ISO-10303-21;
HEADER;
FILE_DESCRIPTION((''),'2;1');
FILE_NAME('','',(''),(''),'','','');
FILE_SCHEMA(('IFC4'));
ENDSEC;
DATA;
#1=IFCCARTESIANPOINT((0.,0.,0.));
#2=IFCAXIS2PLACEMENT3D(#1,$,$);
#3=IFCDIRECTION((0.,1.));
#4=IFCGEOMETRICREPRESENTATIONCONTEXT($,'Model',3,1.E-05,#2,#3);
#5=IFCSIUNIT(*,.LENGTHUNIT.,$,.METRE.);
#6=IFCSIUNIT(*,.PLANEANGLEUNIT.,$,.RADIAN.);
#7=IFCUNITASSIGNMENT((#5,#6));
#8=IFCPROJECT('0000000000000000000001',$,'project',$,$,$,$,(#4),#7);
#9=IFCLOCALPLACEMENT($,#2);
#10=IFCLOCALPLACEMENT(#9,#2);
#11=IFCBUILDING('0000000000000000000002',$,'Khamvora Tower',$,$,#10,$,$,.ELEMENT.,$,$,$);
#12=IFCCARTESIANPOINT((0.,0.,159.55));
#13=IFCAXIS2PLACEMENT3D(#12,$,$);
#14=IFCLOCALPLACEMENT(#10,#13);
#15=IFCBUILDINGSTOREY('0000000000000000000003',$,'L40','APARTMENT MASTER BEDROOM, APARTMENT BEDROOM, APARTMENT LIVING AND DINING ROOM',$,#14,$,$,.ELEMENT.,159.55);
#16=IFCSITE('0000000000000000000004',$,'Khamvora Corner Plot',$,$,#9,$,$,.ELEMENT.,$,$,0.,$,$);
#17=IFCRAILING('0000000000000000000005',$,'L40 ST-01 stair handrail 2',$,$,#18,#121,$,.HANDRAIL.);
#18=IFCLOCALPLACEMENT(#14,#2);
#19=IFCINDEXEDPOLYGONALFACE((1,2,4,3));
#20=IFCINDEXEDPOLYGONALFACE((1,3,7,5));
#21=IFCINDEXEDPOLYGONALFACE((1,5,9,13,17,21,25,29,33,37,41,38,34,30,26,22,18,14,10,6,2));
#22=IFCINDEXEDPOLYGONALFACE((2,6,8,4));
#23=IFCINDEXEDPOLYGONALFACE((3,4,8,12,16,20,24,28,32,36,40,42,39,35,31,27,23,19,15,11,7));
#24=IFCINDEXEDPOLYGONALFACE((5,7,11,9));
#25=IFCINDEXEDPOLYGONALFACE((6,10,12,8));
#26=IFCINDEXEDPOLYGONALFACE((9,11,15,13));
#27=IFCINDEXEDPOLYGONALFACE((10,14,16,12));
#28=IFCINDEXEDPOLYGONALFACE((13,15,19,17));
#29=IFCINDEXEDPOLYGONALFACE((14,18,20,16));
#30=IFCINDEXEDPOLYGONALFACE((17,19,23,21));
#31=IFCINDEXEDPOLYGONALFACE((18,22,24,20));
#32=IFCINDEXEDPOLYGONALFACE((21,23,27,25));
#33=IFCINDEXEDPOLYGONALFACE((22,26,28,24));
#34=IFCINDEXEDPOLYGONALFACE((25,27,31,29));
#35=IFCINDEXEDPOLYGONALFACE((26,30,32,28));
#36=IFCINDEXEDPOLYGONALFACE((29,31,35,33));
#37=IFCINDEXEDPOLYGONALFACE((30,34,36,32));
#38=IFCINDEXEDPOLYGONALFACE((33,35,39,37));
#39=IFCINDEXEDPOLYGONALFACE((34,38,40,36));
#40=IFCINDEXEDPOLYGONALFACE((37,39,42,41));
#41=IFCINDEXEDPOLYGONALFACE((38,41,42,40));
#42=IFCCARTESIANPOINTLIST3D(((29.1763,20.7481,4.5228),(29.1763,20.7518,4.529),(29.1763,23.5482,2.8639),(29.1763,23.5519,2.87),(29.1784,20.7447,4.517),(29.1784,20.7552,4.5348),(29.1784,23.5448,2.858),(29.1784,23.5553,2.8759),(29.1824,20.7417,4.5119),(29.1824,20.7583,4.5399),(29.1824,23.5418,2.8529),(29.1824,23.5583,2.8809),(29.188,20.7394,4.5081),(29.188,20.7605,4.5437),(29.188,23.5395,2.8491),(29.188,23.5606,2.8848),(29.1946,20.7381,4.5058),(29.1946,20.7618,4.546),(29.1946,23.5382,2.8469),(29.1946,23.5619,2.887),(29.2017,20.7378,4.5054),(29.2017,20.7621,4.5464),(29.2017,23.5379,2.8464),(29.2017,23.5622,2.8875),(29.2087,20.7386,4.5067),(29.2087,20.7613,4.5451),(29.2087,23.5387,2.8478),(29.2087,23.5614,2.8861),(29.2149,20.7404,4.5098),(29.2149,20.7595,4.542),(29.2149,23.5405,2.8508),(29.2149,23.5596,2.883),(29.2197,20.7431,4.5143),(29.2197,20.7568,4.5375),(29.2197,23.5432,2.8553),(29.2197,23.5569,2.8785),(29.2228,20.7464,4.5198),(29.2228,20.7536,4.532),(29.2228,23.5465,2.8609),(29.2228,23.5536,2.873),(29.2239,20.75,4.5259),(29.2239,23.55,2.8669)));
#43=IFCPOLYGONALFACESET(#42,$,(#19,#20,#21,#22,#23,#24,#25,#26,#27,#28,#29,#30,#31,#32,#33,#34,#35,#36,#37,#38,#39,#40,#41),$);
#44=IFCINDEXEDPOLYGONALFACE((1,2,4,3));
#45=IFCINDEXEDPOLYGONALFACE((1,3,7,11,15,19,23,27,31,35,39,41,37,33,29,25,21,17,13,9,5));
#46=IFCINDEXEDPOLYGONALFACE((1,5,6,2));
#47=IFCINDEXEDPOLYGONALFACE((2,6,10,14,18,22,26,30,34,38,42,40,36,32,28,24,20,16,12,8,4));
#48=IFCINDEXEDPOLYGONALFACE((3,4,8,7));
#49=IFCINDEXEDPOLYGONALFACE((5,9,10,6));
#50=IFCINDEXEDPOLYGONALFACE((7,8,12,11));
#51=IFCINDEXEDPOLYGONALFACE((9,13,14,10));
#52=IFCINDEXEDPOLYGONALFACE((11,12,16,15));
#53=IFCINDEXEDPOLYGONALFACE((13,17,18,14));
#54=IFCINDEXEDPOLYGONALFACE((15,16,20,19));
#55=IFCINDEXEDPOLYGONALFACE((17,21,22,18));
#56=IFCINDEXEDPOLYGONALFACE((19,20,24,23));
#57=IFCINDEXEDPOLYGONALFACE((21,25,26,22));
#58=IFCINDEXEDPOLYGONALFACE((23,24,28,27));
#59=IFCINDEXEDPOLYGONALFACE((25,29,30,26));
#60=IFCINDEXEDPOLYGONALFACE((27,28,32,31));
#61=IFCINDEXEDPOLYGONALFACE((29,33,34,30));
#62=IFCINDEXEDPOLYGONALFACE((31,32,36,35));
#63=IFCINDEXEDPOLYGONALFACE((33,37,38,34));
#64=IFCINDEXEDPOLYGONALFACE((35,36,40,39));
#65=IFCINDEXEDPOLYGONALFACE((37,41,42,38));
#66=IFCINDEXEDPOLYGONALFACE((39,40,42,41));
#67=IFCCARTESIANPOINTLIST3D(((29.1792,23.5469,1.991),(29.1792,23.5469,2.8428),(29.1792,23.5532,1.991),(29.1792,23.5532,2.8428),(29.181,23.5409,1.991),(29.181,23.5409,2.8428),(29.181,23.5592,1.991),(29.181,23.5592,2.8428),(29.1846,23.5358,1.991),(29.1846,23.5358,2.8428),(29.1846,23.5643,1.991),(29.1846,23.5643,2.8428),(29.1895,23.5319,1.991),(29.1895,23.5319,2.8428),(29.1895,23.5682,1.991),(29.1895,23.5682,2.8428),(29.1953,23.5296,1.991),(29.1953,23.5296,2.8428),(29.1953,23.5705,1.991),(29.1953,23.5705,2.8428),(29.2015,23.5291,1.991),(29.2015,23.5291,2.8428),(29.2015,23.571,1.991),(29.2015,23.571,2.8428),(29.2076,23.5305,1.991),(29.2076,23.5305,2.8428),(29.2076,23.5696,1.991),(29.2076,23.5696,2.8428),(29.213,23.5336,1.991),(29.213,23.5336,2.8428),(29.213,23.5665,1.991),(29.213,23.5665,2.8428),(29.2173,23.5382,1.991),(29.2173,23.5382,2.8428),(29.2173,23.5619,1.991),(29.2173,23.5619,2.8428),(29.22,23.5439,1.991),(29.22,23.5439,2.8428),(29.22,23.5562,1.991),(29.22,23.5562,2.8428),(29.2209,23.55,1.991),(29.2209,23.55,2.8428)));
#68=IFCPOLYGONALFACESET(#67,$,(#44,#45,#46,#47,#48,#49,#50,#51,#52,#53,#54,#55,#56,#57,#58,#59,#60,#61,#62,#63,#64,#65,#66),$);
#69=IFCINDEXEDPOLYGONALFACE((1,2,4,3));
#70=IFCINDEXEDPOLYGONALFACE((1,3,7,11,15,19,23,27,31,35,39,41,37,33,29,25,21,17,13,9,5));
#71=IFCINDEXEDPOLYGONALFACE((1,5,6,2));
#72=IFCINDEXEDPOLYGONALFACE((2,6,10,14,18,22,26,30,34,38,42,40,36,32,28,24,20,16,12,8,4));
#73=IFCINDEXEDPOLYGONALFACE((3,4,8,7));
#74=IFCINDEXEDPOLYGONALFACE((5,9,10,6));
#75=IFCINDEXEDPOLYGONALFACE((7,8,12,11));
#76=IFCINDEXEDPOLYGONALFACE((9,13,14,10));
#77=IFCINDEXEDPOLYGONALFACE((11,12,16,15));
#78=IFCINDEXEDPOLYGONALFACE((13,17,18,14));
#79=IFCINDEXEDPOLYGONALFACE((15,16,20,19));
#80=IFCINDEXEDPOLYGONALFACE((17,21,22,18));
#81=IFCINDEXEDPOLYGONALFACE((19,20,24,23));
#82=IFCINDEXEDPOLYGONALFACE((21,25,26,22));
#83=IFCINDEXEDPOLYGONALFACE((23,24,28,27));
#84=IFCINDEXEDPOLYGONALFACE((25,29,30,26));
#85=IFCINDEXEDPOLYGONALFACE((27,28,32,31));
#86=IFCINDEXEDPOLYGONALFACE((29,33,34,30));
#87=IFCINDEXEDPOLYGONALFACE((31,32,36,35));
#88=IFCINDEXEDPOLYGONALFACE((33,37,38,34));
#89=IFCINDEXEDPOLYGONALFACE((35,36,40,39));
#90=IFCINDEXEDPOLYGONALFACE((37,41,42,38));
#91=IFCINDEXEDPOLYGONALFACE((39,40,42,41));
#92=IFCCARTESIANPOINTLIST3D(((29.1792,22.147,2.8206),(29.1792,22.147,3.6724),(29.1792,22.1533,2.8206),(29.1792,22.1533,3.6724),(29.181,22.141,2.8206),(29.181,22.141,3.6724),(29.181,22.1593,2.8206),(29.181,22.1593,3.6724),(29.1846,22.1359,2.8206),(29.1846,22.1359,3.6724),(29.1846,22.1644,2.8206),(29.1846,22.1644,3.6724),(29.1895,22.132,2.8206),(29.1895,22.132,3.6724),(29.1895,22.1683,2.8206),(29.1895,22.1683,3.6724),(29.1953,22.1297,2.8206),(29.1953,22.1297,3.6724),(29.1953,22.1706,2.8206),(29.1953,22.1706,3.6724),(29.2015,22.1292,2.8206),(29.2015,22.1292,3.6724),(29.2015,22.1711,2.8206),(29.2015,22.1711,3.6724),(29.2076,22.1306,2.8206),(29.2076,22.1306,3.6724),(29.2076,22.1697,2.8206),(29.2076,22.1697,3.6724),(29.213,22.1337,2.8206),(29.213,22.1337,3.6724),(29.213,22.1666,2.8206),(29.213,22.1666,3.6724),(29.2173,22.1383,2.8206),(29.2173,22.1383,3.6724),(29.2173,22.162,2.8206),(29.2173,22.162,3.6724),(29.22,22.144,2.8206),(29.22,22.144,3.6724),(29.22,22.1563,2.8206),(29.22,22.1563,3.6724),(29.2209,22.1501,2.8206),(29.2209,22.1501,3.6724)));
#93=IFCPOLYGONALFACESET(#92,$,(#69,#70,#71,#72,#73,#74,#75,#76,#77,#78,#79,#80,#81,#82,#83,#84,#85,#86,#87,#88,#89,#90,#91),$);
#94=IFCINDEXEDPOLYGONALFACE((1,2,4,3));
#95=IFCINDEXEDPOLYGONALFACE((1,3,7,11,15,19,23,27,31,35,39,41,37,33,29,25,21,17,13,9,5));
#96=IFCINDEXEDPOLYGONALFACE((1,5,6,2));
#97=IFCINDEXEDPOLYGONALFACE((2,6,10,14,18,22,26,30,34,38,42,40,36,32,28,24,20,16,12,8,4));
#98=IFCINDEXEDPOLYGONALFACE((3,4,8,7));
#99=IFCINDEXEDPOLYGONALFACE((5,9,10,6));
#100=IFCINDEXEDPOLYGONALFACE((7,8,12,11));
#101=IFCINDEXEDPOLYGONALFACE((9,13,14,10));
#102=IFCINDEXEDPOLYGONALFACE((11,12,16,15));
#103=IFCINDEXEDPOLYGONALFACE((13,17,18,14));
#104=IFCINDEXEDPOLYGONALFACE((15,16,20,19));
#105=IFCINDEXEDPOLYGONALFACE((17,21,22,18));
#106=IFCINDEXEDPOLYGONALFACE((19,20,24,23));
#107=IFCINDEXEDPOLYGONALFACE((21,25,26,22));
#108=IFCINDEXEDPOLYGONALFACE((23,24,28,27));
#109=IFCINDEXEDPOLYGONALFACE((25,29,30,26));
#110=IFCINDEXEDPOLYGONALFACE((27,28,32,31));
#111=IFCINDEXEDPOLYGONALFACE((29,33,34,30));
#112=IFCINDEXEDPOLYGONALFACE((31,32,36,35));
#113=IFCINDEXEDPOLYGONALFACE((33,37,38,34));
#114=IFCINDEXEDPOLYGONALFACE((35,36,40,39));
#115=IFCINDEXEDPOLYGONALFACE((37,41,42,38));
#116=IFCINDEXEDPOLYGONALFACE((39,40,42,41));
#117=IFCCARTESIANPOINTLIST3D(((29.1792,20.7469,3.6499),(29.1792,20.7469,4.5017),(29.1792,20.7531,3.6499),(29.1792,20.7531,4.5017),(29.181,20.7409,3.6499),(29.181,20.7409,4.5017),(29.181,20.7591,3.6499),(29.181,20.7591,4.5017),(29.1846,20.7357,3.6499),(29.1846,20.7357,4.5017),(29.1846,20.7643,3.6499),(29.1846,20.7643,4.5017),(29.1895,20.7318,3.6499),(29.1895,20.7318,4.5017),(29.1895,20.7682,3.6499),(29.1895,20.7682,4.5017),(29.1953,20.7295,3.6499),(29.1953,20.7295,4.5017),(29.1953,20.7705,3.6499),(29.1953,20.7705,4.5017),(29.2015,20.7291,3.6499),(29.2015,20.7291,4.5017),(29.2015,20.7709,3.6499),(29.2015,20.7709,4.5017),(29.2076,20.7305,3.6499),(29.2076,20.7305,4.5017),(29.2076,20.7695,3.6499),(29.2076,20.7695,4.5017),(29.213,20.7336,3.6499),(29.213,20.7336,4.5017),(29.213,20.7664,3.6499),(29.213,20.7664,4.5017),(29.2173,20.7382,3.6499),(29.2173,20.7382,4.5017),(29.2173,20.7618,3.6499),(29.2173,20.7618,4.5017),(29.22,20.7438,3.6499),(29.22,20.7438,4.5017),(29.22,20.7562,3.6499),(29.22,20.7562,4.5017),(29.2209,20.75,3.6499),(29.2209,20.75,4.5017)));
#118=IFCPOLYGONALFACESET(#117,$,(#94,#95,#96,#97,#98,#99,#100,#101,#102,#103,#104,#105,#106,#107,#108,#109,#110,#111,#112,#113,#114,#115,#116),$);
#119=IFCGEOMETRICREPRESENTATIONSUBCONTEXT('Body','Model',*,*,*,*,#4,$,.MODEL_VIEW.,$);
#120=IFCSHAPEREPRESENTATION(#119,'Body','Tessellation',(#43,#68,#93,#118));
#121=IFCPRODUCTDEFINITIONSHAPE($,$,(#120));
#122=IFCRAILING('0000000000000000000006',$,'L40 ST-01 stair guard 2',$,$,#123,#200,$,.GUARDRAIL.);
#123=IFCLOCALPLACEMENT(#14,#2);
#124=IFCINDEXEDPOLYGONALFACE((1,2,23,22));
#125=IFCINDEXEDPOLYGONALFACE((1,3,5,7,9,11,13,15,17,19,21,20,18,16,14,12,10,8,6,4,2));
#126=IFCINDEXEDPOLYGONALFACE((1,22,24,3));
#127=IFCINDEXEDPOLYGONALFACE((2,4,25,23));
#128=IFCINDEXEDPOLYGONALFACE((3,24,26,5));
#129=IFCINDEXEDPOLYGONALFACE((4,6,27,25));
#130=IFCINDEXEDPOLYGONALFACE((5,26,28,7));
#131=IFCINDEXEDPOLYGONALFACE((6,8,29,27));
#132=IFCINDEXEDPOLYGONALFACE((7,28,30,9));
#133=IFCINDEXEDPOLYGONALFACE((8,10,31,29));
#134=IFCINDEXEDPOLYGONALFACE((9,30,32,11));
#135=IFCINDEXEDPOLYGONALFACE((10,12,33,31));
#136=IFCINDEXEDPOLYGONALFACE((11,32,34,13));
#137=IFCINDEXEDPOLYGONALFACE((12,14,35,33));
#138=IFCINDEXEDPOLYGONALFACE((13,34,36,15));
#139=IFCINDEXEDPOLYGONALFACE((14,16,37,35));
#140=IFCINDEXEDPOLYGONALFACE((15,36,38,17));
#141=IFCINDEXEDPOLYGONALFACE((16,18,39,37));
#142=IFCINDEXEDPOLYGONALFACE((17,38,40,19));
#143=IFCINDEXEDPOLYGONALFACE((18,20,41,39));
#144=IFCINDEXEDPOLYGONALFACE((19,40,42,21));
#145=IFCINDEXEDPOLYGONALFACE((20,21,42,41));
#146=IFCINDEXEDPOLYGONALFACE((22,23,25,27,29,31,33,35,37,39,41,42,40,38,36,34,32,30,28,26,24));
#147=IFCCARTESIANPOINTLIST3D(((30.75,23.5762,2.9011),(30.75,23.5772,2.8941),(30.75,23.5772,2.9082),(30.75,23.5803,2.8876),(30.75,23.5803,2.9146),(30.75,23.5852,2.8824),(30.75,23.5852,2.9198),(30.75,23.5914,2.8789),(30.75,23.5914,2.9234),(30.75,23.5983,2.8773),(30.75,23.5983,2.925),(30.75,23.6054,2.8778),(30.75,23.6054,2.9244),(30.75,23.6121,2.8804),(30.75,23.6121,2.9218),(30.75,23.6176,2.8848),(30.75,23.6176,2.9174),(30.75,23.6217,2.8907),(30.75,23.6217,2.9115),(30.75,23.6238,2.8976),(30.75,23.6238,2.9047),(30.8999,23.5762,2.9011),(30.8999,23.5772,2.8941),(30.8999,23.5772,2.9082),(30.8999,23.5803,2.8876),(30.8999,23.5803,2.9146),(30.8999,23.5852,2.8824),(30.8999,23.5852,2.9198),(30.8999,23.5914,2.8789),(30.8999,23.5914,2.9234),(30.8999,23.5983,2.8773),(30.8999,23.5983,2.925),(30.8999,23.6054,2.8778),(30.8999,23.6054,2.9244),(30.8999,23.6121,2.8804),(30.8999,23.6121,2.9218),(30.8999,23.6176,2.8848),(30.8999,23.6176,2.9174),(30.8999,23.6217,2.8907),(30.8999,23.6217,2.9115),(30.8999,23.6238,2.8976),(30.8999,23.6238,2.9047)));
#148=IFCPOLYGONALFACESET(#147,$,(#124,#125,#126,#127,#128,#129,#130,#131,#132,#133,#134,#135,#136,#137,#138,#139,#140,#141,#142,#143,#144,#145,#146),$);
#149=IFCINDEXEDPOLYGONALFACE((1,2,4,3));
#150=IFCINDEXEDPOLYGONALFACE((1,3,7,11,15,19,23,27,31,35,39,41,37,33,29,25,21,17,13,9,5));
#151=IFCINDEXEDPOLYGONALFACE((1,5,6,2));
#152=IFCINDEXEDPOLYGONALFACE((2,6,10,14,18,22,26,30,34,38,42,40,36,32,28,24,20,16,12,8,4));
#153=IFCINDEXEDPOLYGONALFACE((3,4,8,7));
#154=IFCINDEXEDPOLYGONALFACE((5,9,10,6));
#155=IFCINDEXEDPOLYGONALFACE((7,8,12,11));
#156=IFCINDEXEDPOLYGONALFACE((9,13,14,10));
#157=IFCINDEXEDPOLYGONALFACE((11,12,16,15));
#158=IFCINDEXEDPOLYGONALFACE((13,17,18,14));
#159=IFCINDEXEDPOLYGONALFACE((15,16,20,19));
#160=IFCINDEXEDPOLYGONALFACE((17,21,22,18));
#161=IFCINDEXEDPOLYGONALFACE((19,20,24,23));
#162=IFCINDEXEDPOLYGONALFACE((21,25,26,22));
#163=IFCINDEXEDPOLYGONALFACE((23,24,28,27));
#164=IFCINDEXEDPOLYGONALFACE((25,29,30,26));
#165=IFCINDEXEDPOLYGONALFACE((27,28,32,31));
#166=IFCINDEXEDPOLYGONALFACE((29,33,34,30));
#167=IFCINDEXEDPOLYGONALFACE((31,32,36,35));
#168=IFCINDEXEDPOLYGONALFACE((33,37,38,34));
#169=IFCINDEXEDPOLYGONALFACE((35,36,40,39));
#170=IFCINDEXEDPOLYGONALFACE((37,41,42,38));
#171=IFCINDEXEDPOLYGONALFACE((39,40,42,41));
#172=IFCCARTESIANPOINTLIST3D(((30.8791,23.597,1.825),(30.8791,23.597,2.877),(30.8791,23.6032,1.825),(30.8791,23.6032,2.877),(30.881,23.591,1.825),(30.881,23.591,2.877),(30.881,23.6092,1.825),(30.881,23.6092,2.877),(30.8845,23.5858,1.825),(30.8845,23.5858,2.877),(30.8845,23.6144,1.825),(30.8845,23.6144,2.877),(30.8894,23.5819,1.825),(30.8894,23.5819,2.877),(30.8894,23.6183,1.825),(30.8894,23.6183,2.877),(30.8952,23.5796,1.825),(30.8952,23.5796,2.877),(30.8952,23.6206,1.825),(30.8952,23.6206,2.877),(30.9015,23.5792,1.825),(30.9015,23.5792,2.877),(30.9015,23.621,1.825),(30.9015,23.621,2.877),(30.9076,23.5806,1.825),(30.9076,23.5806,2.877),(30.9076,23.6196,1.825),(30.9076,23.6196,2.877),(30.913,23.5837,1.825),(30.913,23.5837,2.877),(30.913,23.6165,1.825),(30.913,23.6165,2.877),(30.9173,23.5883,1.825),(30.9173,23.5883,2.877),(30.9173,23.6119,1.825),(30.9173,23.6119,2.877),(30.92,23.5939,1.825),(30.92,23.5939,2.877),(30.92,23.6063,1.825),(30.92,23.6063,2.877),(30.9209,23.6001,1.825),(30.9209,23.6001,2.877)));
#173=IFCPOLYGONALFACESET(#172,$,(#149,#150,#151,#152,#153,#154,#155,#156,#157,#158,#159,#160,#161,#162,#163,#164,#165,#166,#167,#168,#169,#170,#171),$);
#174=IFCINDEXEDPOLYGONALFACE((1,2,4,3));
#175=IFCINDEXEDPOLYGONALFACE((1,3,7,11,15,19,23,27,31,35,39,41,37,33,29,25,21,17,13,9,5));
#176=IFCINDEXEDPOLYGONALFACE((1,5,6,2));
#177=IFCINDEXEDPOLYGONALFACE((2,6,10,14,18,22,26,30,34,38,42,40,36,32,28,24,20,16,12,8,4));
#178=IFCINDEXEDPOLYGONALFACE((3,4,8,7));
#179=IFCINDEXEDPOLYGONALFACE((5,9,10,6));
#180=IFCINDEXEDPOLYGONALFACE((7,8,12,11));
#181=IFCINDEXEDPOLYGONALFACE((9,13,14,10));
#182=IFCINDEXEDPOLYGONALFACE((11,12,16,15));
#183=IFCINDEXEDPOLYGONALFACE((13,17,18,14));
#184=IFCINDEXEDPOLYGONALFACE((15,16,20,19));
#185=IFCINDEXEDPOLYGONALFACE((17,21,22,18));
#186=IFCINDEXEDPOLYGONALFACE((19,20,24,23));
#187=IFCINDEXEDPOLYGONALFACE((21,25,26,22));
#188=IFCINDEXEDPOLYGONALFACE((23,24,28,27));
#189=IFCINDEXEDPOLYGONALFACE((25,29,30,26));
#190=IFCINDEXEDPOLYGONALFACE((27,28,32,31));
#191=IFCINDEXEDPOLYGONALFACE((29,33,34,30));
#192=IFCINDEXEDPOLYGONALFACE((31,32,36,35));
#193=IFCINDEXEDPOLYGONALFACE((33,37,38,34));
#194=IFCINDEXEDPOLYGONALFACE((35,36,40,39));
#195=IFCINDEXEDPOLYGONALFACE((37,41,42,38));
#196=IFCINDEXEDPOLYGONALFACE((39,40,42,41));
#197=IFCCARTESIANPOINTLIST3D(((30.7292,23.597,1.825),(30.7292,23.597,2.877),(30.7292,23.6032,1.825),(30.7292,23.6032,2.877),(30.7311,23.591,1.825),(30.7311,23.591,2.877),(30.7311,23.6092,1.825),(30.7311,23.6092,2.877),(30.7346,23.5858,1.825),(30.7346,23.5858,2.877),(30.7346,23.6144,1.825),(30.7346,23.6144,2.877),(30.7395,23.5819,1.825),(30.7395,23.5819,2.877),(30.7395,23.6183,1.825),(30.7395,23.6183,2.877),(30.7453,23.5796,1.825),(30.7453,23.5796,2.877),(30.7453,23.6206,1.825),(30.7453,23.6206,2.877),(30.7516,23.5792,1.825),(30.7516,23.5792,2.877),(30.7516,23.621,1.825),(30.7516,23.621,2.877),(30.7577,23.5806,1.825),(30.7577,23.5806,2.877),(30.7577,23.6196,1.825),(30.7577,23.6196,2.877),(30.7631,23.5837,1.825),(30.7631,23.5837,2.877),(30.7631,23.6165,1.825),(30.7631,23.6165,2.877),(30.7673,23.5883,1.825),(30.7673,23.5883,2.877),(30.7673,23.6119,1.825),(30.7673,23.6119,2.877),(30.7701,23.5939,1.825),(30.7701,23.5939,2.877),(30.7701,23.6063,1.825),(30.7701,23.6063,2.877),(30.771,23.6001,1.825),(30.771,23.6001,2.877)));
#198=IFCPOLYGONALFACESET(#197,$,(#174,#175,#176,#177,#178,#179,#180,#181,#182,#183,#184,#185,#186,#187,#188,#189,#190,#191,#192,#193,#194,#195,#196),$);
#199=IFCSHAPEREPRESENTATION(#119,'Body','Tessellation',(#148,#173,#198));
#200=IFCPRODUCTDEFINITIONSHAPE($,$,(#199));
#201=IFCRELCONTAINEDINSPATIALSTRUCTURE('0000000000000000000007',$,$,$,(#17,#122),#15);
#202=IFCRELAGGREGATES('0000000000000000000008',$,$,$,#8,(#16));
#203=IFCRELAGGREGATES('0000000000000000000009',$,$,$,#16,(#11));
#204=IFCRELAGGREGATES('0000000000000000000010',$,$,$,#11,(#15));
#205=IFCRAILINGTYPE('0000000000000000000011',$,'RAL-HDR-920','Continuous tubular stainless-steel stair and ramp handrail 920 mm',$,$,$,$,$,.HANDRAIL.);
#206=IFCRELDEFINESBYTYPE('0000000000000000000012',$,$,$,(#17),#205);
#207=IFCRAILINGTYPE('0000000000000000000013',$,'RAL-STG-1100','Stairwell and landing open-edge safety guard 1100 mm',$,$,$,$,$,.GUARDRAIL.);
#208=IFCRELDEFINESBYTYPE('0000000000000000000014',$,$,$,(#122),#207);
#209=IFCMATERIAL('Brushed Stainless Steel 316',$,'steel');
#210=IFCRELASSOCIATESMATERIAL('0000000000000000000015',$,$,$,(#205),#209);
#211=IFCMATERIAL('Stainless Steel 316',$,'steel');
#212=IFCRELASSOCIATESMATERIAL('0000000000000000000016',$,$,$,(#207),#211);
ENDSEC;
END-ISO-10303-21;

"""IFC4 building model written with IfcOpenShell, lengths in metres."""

from ifc_helpers import new_model, si_unit, direction, frame, origin, origin_2d, place, context, subcontext, project, spatial, circle, extrude, material, type_object, element, save


model = new_model("IFC4")

# Units and contexts
model_context = context("Model", 3, precision=1e-05, world=origin(), true_north=direction((0.0, 1.0)))
body_context = subcontext(model_context, "Body", "Model", "MODEL_VIEW")
ifc_project = project(units=[si_unit("LENGTHUNIT", "METRE"), si_unit("PLANEANGLEUNIT", "RADIAN")], contexts=[model_context])

# Site, building, storey
site_placement = place(None, origin())
site = spatial("IfcSite", under=ifc_project, at=site_placement, Name="Khamvora Corner Plot", CompositionType="ELEMENT", RefElevation=0.0)
building_placement = place(site_placement, origin())
building = spatial("IfcBuilding", under=site, at=building_placement, Name="Khamvora Tower", CompositionType="ELEMENT")
storey_placement = place(building_placement, frame((0.0, 0.0, 159.55)))
storey = spatial("IfcBuildingStorey", under=building, at=storey_placement, Name="L40", Description="APARTMENT MASTER BEDROOM, APARTMENT BEDROOM, APARTMENT LIVING AND DINING ROOM", CompositionType="ELEMENT", Elevation=159.55)

# Railings
ifc_material_1 = material(Name="Brushed Stainless Steel 316", Category="steel")
railing_type_1 = type_object("IfcRailingType", Name="RAL-HDR-920", Description="Continuous tubular stainless-steel stair and ramp handrail 920 mm", PredefinedType="HANDRAIL", material=ifc_material_1)
railing_1_placement = place(storey_placement, frame((29.2, 23.55, 1.991)))
element("IfcRailing", 1, at=railing_1_placement, inside=storey, type_object=railing_type_1, Name="L40 ST-01 stair handrail 2", PredefinedType="HANDRAIL", context=body_context, shape_type="SweptSolid", body=[
    extrude(circle(Radius=0.0239, at=origin_2d()), frame((0.0, 0.0, 0.876), z_axis=(0.0, -0.860339, 0.509722), x_axis=(1.0, 0.0, 0.0)), (0.0, 0.0, 1.0), 3.2546),
    extrude(circle(Radius=0.021, at=origin_2d()), origin(), (0.0, 0.0, 1.0), 0.8518),
    extrude(circle(Radius=0.021, at=origin_2d()), frame((0.0, -1.3999, 0.8296)), (0.0, 0.0, 1.0), 0.8518),
    extrude(circle(Radius=0.021, at=origin_2d()), frame((0.0, -2.8, 1.6589)), (0.0, 0.0, 1.0), 0.8518),
])
ifc_material_2 = material(Name="Stainless Steel 316", Category="steel")
railing_type_2 = type_object("IfcRailingType", Name="RAL-STG-1100", Description="Stairwell and landing open-edge safety guard 1100 mm", PredefinedType="GUARDRAIL", material=ifc_material_2)
railing_2_placement = place(storey_placement, frame((30.8999, 23.6001, 1.825)))
element("IfcRailing", 2, at=railing_2_placement, inside=storey, type_object=railing_type_2, Name="L40 ST-01 stair guard 2", PredefinedType="GUARDRAIL", context=body_context, shape_type="SweptSolid", body=[
    extrude(circle(Radius=0.0239, at=origin_2d()), frame((0.0, 0.0, 1.0762), z_axis=(-1.0, 0.0, 0.0), x_axis=(0.0, -1.0, 0.0)), (0.0, 0.0, 1.0), 0.1499),
    extrude(circle(Radius=0.021, at=origin_2d()), origin(), (0.0, 0.0, 1.0), 1.052),
    extrude(circle(Radius=0.021, at=origin_2d()), frame((-0.1499, 0.0, 0.0)), (0.0, 0.0, 1.0), 1.052),
])

save(model, "model.ifc")
